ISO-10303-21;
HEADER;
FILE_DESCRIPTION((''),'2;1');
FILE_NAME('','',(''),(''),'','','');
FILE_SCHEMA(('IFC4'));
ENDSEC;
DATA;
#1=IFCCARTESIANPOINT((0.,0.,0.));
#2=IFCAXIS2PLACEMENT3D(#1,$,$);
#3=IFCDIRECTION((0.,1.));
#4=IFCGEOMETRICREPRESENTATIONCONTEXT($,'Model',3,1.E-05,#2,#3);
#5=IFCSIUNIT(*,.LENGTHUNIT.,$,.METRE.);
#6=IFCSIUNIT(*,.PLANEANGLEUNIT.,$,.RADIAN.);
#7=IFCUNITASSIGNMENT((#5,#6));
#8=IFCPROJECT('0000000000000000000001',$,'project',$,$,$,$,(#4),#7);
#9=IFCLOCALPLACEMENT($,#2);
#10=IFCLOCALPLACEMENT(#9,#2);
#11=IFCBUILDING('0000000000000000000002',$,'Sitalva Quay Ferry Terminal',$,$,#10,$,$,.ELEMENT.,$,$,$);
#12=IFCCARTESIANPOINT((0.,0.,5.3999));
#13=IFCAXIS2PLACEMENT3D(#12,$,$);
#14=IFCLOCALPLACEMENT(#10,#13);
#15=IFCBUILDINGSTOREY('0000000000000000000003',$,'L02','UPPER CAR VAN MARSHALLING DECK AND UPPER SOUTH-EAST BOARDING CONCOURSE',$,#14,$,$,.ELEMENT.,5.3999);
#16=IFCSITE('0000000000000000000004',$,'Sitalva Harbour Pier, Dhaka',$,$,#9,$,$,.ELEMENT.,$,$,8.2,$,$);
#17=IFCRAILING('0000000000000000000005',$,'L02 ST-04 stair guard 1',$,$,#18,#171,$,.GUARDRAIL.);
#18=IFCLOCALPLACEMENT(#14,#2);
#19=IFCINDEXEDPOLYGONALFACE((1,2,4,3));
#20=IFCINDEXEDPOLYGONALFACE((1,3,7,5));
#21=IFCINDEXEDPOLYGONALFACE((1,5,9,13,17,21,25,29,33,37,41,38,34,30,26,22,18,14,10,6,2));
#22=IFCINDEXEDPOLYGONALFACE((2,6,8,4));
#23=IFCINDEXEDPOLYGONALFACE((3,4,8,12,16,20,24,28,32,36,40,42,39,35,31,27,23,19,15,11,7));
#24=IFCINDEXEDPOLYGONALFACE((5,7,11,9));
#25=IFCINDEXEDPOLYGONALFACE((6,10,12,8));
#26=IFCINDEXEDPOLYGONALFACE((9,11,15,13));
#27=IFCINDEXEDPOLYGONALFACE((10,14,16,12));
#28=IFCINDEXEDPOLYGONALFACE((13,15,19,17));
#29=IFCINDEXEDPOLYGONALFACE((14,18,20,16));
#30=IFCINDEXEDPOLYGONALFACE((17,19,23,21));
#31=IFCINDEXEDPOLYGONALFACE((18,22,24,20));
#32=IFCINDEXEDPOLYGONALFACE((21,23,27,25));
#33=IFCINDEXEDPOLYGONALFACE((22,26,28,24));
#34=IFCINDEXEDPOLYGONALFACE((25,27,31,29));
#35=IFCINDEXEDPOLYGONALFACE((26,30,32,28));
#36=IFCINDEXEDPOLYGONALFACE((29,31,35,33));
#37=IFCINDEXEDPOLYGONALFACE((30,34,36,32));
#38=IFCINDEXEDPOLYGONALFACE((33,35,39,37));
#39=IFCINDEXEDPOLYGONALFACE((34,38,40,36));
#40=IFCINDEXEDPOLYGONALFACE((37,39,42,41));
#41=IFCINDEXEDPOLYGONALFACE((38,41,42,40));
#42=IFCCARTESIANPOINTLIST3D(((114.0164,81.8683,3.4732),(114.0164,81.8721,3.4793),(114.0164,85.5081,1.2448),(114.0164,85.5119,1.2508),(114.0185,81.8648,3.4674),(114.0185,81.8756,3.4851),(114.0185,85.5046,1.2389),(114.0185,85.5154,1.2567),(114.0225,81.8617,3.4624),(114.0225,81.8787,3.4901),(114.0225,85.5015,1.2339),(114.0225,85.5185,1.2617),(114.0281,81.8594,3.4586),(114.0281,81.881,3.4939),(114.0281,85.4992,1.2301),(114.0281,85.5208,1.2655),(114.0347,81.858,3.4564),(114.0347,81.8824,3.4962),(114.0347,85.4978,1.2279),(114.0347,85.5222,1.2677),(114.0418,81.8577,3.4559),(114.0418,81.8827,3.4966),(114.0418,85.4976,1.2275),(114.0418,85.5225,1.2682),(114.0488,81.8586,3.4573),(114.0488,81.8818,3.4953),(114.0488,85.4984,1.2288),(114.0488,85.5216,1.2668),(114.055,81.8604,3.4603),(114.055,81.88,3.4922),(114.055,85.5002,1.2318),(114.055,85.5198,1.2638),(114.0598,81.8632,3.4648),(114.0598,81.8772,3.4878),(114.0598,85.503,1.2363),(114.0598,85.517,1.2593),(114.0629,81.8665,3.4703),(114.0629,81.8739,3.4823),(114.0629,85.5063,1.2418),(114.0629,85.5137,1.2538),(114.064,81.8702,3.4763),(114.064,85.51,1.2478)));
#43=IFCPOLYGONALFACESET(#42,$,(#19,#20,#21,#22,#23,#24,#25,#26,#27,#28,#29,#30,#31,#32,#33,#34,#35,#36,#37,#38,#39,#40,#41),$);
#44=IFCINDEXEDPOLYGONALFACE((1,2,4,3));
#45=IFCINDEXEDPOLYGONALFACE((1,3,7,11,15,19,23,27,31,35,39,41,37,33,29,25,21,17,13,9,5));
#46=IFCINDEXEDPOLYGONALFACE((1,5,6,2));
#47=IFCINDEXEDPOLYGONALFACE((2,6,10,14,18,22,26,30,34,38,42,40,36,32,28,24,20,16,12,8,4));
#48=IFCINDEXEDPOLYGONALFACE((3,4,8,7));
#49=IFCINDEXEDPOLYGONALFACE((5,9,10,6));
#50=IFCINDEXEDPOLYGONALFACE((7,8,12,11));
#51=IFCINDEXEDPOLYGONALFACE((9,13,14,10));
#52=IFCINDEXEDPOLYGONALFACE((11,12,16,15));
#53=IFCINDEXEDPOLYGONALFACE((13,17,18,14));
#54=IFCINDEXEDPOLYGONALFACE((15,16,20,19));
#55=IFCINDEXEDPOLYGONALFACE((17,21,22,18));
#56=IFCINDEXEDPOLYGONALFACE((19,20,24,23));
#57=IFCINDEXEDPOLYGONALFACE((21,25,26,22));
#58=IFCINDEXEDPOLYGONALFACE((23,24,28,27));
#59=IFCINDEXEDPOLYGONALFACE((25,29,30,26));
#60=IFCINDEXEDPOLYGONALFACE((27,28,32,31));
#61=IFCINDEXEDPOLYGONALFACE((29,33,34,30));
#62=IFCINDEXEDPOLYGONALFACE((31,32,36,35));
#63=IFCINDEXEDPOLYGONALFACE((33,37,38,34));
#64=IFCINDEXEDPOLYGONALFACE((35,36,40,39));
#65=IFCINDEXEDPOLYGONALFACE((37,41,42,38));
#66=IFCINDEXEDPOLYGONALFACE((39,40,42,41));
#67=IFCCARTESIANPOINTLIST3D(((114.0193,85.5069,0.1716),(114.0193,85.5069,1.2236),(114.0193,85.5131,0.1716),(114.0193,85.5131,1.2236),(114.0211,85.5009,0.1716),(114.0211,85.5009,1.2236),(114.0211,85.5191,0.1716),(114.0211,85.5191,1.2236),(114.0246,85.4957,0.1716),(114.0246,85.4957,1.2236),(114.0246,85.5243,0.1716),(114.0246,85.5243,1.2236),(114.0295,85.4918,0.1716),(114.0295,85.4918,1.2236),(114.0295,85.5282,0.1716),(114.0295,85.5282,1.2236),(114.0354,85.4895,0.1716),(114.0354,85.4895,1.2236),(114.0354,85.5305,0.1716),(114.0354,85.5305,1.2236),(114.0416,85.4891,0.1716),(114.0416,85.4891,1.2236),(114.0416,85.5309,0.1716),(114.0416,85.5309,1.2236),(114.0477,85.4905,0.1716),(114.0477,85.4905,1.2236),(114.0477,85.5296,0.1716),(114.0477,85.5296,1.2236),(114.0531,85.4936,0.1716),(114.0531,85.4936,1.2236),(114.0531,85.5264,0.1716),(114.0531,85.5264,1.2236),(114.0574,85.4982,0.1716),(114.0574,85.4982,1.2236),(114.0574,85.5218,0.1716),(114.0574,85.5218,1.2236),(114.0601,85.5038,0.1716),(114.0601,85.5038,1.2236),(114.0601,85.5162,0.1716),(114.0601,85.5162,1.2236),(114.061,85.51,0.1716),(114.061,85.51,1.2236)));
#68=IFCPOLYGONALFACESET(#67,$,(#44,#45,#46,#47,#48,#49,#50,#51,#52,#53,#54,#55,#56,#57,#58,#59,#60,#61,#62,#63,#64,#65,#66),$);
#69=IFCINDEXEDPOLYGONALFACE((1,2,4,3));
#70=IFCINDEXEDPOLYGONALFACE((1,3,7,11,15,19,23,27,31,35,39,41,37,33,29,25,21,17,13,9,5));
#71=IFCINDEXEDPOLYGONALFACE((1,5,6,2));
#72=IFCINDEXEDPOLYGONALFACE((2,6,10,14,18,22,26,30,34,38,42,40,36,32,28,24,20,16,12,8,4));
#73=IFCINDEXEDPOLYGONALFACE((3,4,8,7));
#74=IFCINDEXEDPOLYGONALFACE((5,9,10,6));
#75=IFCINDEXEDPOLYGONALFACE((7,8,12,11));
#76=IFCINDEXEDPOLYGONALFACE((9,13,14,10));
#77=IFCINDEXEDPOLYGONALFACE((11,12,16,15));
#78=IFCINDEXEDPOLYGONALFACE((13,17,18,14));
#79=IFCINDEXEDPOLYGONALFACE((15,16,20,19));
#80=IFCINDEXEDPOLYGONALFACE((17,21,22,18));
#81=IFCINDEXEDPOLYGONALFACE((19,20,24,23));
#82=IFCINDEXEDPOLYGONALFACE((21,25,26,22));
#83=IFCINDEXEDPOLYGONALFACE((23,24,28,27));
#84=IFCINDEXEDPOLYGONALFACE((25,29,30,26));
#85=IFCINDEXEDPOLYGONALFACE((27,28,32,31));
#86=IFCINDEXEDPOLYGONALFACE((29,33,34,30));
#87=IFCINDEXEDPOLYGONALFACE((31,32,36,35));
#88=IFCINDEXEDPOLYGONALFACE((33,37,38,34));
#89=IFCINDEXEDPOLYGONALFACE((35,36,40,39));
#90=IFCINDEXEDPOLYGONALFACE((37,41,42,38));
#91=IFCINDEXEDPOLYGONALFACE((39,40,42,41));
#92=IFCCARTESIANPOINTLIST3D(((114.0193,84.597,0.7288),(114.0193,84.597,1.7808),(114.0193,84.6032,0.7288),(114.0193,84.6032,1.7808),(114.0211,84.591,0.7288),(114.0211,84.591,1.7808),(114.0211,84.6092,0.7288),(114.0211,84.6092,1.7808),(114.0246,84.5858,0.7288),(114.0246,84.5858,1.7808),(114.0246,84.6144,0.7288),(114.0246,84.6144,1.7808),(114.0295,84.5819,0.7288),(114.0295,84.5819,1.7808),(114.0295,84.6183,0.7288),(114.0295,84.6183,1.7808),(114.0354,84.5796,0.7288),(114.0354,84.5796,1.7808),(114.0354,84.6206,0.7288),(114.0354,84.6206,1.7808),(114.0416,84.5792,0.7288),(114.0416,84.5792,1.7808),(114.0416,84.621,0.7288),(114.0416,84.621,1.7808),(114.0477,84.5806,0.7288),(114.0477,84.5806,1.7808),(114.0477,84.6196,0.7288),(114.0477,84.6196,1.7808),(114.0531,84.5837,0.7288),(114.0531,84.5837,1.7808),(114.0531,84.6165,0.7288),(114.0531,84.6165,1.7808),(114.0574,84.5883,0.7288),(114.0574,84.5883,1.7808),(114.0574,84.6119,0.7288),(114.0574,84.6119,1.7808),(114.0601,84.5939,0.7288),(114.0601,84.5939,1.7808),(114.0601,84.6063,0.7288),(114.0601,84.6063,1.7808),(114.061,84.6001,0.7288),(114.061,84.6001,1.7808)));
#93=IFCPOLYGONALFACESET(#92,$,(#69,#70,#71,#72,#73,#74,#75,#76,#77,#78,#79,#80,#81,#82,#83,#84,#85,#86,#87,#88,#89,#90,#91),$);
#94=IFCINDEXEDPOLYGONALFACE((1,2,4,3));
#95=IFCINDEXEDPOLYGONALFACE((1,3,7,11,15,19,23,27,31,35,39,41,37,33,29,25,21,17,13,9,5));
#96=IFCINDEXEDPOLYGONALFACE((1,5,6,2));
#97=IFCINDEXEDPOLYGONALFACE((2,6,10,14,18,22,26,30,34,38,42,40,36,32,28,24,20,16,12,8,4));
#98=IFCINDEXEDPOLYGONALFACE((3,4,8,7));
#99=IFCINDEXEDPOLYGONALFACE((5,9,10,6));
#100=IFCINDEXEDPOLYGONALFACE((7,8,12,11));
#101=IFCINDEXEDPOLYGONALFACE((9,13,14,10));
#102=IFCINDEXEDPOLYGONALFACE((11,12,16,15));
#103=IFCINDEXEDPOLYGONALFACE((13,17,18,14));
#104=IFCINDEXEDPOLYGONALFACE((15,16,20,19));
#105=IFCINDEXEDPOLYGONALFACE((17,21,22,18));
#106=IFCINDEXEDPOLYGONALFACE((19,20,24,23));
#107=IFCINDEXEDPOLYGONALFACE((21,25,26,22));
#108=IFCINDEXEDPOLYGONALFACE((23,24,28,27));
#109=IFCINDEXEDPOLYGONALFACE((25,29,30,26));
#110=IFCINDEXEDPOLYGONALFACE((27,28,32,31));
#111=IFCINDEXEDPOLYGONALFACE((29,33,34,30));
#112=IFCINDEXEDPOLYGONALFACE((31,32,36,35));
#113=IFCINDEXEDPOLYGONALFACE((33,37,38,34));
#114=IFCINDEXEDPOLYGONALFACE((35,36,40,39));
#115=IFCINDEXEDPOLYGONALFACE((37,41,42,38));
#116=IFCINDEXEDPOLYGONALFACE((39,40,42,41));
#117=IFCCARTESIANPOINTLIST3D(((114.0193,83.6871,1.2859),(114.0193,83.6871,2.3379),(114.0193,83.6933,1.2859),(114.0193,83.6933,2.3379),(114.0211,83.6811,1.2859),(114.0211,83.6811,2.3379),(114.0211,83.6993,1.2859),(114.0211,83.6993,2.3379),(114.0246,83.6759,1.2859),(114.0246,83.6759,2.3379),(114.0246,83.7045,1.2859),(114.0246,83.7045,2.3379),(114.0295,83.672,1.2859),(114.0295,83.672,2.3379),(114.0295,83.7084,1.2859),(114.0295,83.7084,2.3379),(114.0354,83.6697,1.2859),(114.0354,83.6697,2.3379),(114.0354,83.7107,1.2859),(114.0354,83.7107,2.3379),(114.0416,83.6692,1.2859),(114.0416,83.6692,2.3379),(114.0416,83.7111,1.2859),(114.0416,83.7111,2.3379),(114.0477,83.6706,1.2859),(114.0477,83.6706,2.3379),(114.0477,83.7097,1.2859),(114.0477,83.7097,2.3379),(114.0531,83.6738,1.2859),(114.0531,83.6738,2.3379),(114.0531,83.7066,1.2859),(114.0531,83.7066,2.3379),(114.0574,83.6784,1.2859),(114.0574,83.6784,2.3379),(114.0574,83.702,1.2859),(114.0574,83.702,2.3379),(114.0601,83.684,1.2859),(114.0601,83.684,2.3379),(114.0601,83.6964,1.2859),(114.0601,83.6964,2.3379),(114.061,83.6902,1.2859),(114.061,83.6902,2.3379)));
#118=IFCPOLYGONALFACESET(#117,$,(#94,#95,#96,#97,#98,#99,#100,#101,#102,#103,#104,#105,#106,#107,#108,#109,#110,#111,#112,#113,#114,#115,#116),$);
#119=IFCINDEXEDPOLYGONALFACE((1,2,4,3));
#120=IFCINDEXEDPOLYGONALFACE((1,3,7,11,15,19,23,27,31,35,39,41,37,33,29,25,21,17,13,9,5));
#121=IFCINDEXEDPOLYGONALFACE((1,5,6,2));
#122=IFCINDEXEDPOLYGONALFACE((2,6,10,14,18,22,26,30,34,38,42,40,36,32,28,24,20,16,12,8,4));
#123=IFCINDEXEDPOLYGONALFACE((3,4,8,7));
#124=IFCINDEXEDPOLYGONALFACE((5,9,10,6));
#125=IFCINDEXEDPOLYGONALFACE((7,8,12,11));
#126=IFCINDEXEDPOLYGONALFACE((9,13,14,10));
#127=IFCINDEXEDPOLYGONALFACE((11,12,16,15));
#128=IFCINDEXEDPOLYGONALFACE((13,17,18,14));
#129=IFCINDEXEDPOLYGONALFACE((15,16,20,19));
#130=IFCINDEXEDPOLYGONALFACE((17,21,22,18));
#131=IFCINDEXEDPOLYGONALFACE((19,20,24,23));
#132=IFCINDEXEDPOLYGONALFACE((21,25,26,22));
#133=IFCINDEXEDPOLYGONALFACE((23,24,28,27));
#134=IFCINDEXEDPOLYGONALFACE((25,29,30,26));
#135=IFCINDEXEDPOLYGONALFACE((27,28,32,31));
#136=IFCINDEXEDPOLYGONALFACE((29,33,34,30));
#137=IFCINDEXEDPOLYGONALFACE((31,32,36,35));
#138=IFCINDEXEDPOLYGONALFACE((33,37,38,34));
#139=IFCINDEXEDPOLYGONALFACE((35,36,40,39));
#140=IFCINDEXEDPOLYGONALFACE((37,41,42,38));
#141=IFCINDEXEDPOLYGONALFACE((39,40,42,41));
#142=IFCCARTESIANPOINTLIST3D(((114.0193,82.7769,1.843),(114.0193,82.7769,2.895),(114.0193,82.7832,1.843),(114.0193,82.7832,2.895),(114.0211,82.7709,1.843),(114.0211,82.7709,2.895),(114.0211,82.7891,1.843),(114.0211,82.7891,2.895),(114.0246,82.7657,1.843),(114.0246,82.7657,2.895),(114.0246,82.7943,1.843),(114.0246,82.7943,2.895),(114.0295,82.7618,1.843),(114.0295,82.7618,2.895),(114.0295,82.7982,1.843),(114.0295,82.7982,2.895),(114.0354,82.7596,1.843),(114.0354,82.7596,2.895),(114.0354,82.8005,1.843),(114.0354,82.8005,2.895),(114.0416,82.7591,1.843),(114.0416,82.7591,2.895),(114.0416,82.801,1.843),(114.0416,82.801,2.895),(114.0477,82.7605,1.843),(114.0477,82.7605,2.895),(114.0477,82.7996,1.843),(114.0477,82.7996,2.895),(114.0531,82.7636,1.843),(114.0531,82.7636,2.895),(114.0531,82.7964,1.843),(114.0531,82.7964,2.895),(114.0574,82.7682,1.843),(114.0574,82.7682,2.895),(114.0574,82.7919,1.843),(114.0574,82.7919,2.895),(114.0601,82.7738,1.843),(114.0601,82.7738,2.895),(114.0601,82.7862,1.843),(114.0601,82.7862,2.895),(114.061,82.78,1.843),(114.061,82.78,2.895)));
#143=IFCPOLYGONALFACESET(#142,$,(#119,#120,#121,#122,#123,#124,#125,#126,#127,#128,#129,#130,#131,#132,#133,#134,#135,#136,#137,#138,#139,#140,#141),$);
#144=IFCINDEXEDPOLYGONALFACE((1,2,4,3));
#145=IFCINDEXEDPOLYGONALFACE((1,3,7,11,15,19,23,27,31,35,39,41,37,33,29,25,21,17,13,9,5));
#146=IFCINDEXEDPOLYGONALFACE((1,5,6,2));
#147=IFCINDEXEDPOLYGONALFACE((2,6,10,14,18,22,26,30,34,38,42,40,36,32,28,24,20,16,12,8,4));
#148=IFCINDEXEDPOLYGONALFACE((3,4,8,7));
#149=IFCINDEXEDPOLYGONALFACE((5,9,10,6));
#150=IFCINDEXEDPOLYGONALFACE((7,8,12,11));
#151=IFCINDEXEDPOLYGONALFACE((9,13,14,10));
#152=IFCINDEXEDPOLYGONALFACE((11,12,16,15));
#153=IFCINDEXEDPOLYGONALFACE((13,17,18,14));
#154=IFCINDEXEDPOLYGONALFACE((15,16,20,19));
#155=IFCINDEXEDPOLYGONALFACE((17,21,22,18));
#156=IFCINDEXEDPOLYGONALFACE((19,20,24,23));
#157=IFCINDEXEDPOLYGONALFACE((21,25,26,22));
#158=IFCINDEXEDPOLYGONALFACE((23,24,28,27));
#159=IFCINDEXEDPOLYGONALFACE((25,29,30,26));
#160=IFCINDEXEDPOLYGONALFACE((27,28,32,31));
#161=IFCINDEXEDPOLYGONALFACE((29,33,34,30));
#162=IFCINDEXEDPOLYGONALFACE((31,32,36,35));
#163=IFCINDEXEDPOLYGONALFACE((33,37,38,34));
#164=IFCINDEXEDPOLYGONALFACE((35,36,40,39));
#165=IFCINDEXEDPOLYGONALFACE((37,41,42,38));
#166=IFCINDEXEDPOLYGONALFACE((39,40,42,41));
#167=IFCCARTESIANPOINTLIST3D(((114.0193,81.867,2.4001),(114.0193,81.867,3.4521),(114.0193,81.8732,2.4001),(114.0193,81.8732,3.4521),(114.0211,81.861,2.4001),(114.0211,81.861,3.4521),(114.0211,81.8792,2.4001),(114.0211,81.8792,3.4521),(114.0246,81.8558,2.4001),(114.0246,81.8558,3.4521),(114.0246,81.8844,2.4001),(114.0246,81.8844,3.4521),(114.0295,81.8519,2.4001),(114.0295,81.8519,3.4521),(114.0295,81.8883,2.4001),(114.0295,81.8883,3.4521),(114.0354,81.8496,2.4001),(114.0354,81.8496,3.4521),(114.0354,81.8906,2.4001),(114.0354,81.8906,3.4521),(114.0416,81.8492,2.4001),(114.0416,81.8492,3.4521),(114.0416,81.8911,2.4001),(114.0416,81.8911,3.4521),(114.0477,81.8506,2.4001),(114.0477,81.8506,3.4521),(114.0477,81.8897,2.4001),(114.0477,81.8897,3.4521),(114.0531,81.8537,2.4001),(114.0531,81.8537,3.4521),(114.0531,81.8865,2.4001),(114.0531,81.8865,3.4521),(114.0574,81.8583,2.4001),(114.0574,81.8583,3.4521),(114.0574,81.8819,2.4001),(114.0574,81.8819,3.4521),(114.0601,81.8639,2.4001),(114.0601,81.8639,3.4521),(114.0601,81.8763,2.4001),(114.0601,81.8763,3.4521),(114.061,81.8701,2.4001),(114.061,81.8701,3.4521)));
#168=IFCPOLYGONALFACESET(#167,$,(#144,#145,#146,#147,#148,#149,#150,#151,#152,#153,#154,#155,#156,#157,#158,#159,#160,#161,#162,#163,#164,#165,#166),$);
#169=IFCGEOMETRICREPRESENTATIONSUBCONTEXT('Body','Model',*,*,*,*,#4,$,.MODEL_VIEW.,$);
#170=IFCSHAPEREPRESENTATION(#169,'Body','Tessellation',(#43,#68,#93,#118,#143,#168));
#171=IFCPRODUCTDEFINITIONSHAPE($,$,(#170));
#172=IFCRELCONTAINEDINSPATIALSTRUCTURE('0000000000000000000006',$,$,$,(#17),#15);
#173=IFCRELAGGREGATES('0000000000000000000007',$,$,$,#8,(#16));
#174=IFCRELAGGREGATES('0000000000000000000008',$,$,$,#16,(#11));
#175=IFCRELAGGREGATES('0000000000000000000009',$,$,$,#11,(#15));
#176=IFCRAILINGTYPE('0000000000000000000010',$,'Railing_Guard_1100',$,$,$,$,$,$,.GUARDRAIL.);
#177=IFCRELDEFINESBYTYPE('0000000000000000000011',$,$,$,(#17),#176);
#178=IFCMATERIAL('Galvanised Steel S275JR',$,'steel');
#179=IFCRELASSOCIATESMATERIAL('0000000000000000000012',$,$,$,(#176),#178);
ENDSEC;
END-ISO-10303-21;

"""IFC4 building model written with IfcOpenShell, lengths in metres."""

from ifc_helpers import new_model, si_unit, direction, frame, origin, origin_2d, place, context, subcontext, project, spatial, circle, extrude, material, type_object, element, save


model = new_model("IFC4")

# Units and contexts
model_context = context("Model", 3, precision=1e-05, world=origin(), true_north=direction((0.0, 1.0)))
body_context = subcontext(model_context, "Body", "Model", "MODEL_VIEW")
ifc_project = project(units=[si_unit("LENGTHUNIT", "METRE"), si_unit("PLANEANGLEUNIT", "RADIAN")], contexts=[model_context])

# Site, building, storey
site_placement = place(None, origin())
site = spatial("IfcSite", under=ifc_project, at=site_placement, Name="Sitalva Harbour Pier, Dhaka", CompositionType="ELEMENT", RefElevation=8.2)
building_placement = place(site_placement, origin())
building = spatial("IfcBuilding", under=site, at=building_placement, Name="Sitalva Quay Ferry Terminal", CompositionType="ELEMENT")
storey_placement = place(building_placement, frame((0.0, 0.0, 5.3999)))
storey = spatial("IfcBuildingStorey", under=building, at=storey_placement, Name="L02", Description="UPPER CAR VAN MARSHALLING DECK AND UPPER SOUTH-EAST BOARDING CONCOURSE", CompositionType="ELEMENT", Elevation=5.3999)

# Railing
ifc_material_1 = material(Name="Galvanised Steel S275JR", Category="steel")
railing_type_1 = type_object("IfcRailingType", Name="Railing_Guard_1100", PredefinedType="GUARDRAIL", material=ifc_material_1)
railing_1_placement = place(storey_placement, frame((114.04, 85.51, 0.1716)))
element("IfcRailing", 1, at=railing_1_placement, inside=storey, type_object=railing_type_1, Name="L02 ST-04 stair guard 1", PredefinedType="GUARDRAIL", context=body_context, shape_type="SweptSolid", body=[
    extrude(circle(Radius=0.0239, at=origin_2d()), frame((0.0, 0.0, 1.0762), z_axis=(0.0, -0.85285, 0.522156), x_axis=(1.0, 0.0, 0.0)), (0.0, 0.0, 1.0), 4.2678),
    extrude(circle(Radius=0.021, at=origin_2d()), origin(), (0.0, 0.0, 1.0), 1.052),
    extrude(circle(Radius=0.021, at=origin_2d()), frame((0.0, -0.9099, 0.5571)), (0.0, 0.0, 1.0), 1.052),
    extrude(circle(Radius=0.021, at=origin_2d()), frame((0.0, -1.8198, 1.1143)), (0.0, 0.0, 1.0), 1.052),
    extrude(circle(Radius=0.021, at=origin_2d()), frame((0.0, -2.73, 1.6714)), (0.0, 0.0, 1.0), 1.052),
    extrude(circle(Radius=0.021, at=origin_2d()), frame((0.0, -3.6399, 2.2285)), (0.0, 0.0, 1.0), 1.052),
])

save(model, "model.ifc")
